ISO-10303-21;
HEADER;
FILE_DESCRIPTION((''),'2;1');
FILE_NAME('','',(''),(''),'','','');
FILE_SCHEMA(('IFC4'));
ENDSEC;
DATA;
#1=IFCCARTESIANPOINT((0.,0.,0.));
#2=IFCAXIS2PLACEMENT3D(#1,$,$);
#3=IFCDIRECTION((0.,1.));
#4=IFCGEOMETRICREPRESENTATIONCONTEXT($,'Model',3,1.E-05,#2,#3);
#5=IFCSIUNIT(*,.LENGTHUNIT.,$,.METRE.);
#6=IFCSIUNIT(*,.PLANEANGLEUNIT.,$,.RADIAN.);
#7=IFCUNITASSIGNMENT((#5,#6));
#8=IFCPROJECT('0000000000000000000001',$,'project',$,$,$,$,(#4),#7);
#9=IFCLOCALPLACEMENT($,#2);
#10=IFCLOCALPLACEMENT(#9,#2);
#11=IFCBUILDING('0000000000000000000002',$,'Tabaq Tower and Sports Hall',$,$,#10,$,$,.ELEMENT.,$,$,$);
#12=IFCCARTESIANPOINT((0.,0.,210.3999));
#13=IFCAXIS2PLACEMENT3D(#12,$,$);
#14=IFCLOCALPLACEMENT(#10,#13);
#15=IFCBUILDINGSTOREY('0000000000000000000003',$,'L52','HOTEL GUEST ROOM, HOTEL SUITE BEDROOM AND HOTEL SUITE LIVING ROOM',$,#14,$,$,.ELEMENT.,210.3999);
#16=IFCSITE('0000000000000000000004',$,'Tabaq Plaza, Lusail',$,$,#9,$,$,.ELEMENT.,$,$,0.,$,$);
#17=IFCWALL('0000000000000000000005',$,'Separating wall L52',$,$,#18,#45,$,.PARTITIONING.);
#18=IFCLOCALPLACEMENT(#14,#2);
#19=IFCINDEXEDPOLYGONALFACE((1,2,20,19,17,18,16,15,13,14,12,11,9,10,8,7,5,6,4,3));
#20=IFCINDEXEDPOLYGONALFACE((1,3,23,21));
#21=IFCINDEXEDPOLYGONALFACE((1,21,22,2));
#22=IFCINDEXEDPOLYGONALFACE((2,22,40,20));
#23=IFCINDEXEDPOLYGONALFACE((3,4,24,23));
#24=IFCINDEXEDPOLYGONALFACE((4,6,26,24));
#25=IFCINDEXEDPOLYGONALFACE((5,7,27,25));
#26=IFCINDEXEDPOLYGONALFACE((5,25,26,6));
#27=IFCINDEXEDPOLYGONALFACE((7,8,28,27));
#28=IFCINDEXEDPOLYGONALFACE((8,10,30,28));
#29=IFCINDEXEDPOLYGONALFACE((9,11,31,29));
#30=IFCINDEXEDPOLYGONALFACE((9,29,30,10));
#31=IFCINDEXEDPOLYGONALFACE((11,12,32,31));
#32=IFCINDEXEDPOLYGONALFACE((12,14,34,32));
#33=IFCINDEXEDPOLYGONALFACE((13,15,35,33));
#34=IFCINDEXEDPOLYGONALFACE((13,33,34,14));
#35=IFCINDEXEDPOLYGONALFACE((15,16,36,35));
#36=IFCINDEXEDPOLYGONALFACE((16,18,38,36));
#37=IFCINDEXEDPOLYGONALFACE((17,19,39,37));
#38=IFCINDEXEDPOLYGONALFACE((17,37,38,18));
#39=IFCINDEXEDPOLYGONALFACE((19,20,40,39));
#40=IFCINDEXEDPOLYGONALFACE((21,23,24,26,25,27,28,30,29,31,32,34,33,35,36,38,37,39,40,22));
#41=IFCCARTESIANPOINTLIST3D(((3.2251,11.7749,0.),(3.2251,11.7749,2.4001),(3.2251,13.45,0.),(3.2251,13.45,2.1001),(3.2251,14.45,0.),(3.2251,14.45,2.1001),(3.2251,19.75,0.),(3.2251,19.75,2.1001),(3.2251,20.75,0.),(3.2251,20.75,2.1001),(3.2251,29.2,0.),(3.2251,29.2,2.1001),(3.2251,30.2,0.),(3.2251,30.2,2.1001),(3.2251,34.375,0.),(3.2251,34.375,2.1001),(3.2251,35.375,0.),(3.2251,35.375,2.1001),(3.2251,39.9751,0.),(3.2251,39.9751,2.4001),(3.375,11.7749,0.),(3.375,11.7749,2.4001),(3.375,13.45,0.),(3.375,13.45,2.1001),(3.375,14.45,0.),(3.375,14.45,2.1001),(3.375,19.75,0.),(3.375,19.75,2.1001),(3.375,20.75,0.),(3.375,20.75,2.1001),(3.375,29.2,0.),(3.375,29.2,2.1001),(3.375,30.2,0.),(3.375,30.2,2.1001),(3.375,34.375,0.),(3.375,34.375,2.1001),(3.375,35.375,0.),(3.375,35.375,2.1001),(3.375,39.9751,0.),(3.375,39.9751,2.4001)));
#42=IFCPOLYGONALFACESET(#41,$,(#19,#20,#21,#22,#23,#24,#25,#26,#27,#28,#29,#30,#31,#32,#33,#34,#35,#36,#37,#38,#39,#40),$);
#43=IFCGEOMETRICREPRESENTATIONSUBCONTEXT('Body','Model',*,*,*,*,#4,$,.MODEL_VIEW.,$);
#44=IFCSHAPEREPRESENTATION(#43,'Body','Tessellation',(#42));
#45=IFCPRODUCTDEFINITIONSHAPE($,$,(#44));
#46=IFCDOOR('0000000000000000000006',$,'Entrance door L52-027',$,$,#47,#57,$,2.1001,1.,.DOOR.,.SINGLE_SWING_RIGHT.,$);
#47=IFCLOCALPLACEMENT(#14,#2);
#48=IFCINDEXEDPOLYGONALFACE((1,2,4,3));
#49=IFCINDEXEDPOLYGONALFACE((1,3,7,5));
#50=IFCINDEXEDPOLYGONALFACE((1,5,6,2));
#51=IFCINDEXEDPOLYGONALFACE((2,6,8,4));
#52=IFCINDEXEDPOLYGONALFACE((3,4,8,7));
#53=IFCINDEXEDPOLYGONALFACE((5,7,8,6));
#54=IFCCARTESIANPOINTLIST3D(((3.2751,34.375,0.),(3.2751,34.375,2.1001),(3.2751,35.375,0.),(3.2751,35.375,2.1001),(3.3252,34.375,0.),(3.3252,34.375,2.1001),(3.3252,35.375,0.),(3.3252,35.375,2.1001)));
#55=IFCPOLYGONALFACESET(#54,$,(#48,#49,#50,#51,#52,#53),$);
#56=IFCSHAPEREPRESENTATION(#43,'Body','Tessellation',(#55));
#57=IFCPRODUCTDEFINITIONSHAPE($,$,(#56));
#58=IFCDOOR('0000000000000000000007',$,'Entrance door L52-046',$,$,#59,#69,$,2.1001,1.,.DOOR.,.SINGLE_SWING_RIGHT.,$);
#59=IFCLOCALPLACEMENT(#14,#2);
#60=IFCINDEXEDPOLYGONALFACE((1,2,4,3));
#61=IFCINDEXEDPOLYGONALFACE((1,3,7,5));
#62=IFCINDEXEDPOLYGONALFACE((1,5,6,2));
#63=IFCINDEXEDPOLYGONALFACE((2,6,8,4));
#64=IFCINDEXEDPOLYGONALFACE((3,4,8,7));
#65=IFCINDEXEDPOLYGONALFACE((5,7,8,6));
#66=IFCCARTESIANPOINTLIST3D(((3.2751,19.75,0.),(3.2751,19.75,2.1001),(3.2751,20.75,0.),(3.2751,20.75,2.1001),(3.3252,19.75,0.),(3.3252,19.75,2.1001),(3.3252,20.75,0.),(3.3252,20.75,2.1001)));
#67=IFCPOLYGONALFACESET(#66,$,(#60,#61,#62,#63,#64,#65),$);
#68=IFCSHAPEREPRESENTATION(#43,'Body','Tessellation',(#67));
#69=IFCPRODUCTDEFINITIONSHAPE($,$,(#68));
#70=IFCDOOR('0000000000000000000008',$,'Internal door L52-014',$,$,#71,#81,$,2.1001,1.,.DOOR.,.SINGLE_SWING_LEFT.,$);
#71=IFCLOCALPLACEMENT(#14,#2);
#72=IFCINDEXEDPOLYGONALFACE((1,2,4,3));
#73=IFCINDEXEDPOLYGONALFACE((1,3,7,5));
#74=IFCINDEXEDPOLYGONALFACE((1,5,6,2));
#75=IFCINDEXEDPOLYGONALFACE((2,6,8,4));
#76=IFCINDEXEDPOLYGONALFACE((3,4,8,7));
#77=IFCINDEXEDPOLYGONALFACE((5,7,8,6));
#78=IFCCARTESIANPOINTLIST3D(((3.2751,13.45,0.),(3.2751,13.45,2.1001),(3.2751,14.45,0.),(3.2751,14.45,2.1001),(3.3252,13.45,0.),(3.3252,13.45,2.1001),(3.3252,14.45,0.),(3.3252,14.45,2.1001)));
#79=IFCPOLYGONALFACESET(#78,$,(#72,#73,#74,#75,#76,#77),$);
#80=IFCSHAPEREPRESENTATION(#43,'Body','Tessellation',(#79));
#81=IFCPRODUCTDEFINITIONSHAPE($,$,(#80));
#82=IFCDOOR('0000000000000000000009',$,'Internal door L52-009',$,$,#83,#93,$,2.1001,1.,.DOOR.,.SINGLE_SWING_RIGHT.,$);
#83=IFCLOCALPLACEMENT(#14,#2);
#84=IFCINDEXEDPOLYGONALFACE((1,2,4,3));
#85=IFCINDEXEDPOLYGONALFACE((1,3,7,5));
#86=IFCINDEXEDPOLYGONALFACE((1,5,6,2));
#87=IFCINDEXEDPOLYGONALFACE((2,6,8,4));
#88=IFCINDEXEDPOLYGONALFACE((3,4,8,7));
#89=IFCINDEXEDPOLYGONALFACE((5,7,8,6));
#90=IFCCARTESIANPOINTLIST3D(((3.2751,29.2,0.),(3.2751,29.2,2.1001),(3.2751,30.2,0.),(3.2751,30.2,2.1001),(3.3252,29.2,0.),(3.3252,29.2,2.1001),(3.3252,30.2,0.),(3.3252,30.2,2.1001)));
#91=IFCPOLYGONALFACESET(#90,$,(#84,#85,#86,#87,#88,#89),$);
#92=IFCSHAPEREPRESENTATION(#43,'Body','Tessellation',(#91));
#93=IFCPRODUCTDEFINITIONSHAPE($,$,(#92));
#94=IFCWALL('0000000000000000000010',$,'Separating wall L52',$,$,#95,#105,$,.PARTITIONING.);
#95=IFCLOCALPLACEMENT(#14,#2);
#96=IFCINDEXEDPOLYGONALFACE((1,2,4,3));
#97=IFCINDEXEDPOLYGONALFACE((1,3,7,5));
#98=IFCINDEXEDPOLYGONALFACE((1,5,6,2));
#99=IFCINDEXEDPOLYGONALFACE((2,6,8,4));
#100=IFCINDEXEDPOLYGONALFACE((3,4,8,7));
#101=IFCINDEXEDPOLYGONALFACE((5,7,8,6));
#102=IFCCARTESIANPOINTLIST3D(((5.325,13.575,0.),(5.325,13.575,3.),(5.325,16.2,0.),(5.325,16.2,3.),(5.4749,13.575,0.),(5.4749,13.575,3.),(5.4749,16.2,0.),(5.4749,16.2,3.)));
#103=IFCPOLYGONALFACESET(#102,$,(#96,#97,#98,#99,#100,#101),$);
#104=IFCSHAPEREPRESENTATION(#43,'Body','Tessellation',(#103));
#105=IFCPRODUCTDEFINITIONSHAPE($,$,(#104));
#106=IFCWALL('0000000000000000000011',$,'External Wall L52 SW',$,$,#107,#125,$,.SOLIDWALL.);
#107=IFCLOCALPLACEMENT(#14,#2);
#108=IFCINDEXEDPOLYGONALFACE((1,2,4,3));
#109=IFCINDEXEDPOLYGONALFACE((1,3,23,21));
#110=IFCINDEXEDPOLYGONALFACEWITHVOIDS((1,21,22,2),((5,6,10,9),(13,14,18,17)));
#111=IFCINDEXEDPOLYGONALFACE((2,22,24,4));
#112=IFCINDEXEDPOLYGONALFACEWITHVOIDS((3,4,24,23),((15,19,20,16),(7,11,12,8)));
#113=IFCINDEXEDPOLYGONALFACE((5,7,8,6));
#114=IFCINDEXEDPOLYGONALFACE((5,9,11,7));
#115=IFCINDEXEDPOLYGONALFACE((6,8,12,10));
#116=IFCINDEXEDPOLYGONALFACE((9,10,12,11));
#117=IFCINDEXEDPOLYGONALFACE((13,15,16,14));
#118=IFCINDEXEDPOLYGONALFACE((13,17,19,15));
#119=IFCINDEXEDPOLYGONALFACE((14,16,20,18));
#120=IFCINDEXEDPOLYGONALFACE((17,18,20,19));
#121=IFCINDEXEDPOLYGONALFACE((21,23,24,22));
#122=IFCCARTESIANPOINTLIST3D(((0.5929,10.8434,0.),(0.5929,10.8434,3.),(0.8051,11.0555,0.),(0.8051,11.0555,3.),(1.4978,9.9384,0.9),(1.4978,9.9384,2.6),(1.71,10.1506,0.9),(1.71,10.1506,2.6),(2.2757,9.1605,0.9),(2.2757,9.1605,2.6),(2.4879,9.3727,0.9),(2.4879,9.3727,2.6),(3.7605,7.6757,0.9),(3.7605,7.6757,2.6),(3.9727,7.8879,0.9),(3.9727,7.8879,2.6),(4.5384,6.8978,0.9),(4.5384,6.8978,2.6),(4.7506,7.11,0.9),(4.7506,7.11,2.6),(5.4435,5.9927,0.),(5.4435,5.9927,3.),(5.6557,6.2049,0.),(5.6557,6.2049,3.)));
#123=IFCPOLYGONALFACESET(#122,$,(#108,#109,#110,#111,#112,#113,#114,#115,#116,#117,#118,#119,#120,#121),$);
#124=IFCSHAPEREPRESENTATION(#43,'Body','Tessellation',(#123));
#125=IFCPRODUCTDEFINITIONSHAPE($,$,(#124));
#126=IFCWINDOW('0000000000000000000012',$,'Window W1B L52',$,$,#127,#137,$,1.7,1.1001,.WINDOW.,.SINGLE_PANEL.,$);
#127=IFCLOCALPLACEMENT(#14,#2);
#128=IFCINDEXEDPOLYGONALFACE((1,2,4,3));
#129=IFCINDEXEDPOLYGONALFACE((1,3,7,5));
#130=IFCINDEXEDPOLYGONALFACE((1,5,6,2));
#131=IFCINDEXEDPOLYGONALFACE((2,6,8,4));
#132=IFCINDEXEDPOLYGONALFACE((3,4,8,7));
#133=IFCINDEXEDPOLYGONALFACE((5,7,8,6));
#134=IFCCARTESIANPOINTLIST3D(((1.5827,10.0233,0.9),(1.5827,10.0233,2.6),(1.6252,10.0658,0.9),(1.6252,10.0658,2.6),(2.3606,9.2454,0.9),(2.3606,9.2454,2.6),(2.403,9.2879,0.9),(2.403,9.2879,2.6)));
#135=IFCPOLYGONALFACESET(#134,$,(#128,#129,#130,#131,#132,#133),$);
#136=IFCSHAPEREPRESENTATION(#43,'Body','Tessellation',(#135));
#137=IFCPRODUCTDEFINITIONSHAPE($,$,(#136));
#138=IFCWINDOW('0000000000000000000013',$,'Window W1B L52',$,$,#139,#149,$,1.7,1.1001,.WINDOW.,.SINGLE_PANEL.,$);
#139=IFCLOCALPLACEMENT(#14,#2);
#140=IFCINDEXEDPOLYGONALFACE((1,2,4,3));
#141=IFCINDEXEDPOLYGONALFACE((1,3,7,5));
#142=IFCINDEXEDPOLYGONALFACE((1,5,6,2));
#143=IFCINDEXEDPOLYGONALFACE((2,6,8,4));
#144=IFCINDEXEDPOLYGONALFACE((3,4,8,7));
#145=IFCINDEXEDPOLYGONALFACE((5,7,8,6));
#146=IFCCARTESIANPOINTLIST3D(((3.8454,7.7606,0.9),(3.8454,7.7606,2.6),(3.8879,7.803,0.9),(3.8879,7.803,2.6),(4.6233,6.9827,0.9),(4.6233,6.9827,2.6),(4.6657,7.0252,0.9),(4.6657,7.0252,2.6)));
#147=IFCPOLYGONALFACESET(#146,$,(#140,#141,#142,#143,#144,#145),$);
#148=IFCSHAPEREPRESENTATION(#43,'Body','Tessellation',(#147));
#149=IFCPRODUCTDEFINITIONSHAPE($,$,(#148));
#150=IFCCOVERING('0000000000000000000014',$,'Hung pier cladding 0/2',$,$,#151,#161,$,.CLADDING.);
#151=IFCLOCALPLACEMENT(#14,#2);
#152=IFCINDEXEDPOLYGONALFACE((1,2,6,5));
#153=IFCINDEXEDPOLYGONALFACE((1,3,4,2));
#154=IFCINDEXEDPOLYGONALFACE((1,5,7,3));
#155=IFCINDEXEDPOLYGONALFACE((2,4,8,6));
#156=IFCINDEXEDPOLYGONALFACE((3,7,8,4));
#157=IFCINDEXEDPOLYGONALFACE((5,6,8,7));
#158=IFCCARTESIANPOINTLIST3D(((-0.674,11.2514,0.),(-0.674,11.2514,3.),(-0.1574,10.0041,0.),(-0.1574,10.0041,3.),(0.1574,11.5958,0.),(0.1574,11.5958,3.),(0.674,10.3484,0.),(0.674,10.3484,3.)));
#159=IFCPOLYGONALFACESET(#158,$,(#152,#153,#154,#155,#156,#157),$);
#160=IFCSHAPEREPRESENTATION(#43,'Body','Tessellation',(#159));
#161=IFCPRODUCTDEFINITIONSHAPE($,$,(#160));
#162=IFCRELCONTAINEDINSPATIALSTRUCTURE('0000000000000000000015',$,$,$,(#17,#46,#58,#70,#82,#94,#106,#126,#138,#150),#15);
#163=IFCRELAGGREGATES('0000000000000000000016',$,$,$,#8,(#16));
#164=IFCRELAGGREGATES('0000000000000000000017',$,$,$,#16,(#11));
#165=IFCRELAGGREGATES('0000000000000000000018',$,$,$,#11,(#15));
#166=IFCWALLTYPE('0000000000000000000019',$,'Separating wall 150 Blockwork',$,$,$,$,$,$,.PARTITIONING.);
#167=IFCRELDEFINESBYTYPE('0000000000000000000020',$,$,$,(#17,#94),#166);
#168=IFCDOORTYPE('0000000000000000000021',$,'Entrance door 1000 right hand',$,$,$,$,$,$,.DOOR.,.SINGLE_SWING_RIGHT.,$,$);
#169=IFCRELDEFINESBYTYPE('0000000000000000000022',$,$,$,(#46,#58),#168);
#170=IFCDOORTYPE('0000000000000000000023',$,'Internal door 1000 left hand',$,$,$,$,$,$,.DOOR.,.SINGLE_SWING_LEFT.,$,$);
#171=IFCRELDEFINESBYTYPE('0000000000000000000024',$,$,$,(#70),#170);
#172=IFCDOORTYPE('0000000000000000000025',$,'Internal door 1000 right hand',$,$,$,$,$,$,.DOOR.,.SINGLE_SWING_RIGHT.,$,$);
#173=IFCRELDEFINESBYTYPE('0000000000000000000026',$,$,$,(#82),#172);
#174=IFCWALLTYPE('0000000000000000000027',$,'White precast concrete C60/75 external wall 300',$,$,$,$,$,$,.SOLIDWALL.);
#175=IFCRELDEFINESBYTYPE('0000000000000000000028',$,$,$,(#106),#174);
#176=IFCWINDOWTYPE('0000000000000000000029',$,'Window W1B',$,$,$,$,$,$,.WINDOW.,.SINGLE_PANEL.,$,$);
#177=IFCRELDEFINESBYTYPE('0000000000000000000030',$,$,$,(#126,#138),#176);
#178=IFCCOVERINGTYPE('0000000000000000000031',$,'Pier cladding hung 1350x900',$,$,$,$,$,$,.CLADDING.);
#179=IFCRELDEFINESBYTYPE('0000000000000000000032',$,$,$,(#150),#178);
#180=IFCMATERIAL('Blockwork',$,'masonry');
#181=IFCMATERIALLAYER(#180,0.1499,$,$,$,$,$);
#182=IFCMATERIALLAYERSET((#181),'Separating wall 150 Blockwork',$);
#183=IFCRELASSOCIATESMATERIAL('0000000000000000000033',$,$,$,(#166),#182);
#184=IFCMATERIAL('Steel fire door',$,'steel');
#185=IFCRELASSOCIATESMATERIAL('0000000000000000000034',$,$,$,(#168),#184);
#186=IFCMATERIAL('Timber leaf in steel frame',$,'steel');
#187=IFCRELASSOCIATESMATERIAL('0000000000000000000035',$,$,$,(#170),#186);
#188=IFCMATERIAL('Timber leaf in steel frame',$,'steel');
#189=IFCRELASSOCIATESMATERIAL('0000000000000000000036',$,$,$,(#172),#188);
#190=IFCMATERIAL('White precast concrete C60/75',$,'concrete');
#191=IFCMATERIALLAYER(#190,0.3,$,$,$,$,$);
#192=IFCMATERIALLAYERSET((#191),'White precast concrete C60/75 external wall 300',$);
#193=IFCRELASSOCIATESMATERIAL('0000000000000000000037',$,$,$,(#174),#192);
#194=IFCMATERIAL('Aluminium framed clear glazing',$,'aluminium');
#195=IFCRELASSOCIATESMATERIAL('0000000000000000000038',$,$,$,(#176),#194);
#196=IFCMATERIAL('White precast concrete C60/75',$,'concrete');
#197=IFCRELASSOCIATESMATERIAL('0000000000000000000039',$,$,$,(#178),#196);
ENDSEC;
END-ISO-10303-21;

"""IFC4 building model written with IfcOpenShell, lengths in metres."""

from ifc_helpers import new_model, si_unit, direction, frame, frame_2d, origin, place, context, subcontext, project, spatial, rectangle, extrude, material, layer, layer_set, type_object, element, fill, save


model = new_model("IFC4")

# Units and contexts
model_context = context("Model", 3, precision=1e-05, world=origin(), true_north=direction((0.0, 1.0)))
body_context = subcontext(model_context, "Body", "Model", "MODEL_VIEW")
ifc_project = project(units=[si_unit("LENGTHUNIT", "METRE"), si_unit("PLANEANGLEUNIT", "RADIAN")], contexts=[model_context])

# Site, building, storey
site_placement = place(None, origin())
site = spatial("IfcSite", under=ifc_project, at=site_placement, Name="Tabaq Plaza, Lusail", CompositionType="ELEMENT", RefElevation=0.0)
building_placement = place(site_placement, origin())
building = spatial("IfcBuilding", under=site, at=building_placement, Name="Tabaq Tower and Sports Hall", CompositionType="ELEMENT")
storey_placement = place(building_placement, frame((0.0, 0.0, 210.3999)))
storey = spatial("IfcBuildingStorey", under=building, at=storey_placement, Name="L52", Description="HOTEL GUEST ROOM, HOTEL SUITE BEDROOM AND HOTEL SUITE LIVING ROOM", CompositionType="ELEMENT", Elevation=210.3999)

# Wall, openings, doors
ifc_material_1 = material(Name="Blockwork", Category="masonry")
ifc_layer_1 = layer(ifc_material_1, 0.1499)
ifc_layer_set_1 = layer_set([ifc_layer_1], Name="Separating wall 150 Blockwork")
wall_type_1 = type_object("IfcWallType", Name="Separating wall 150 Blockwork", PredefinedType="PARTITIONING", material=ifc_layer_set_1)
ifc_material_2 = material(Name="Steel fire door", Category="steel")
door_type_1 = type_object("IfcDoorType", Name="Entrance door 1000 right hand", OperationType="SINGLE_SWING_RIGHT", PredefinedType="DOOR", material=ifc_material_2)
wall_1_placement = place(storey_placement, frame((3.3, 11.7749, 0.0), z_axis=(0.0, 0.0, 1.0), x_axis=(0.0, 1.0, 0.0)))
wall_1 = element("IfcWall", 1, at=wall_1_placement, inside=storey, type_object=wall_type_1, Name="Separating wall L52", PredefinedType="PARTITIONING", context=body_context, shape_type="SweptSolid", body=[
    extrude(rectangle(XDim=28.2002, YDim=0.1499, at=frame_2d((14.1001, 0.0))), origin(), (0.0, 0.0, 1.0), 2.4001),
])
opening_1_placement = place(wall_1_placement, frame((17.425, 0.0, 0.0)))
opening_1 = element("IfcOpeningElement", 2, at=opening_1_placement, cuts=wall_1, PredefinedType="OPENING", context=body_context, shape_type="SweptSolid", body=[
    extrude(rectangle(XDim=1.0, YDim=2.1001, at=frame_2d((0.5, 1.05))), frame((0.0, 0.075, 0.0), z_axis=(0.0, -1.0, 0.0), x_axis=(1.0, 0.0, 0.0)), (0.0, 0.0, 1.0), 0.1499),
])
opening_2_placement = place(wall_1_placement, frame((1.675, 0.0, 0.0)))
opening_2 = element("IfcOpeningElement", 3, at=opening_2_placement, cuts=wall_1, PredefinedType="OPENING", context=body_context, shape_type="SweptSolid", body=[
    extrude(rectangle(XDim=1.0, YDim=2.1001, at=frame_2d((0.5, 1.05))), frame((0.0, 0.075, 0.0), z_axis=(0.0, -1.0, 0.0), x_axis=(1.0, 0.0, 0.0)), (0.0, 0.0, 1.0), 0.1499),
])
opening_3_placement = place(wall_1_placement, frame((22.6001, 0.0, 0.0)))
opening_3 = element("IfcOpeningElement", 4, at=opening_3_placement, cuts=wall_1, PredefinedType="OPENING", context=body_context, shape_type="SweptSolid", body=[
    extrude(rectangle(XDim=1.0, YDim=2.1001, at=frame_2d((0.5, 1.05))), frame((0.0, 0.075, 0.0), z_axis=(0.0, -1.0, 0.0), x_axis=(1.0, 0.0, 0.0)), (0.0, 0.0, 1.0), 0.1499),
])
opening_4_placement = place(wall_1_placement, frame((7.9751, 0.0, 0.0)))
opening_4 = element("IfcOpeningElement", 5, at=opening_4_placement, cuts=wall_1, PredefinedType="OPENING", context=body_context, shape_type="SweptSolid", body=[
    extrude(rectangle(XDim=1.0, YDim=2.1001, at=frame_2d((0.5, 1.05))), frame((0.0, 0.075, 0.0), z_axis=(0.0, -1.0, 0.0), x_axis=(1.0, 0.0, 0.0)), (0.0, 0.0, 1.0), 0.1499),
])
door_1_placement = place(opening_3_placement, origin())
door_1 = element("IfcDoor", 6, at=door_1_placement, inside=storey, type_object=door_type_1, Name="Entrance door L52-027", OperationType="SINGLE_SWING_RIGHT", OverallHeight=2.1001, OverallWidth=1.0, PredefinedType="DOOR", context=body_context, shape_type="SweptSolid", body=[
    extrude(rectangle(XDim=1.0, YDim=2.1001, at=frame_2d((0.5, 1.05))), frame((0.0, 0.0249, 0.0), z_axis=(0.0, -1.0, 0.0), x_axis=(1.0, 0.0, 0.0)), (0.0, 0.0, 1.0), 0.05),
])
fill(opening_3, door_1)
door_2_placement = place(opening_4_placement, origin())
door_2 = element("IfcDoor", 7, at=door_2_placement, inside=storey, type_object=door_type_1, Name="Entrance door L52-046", OperationType="SINGLE_SWING_RIGHT", OverallHeight=2.1001, OverallWidth=1.0, PredefinedType="DOOR", context=body_context, shape_type="SweptSolid", body=[
    extrude(rectangle(XDim=1.0, YDim=2.1001, at=frame_2d((0.5, 1.05))), frame((0.0, 0.0249, 0.0), z_axis=(0.0, -1.0, 0.0), x_axis=(1.0, 0.0, 0.0)), (0.0, 0.0, 1.0), 0.05),
])
fill(opening_4, door_2)
ifc_material_3 = material(Name="Timber leaf in steel frame", Category="steel")
door_type_2 = type_object("IfcDoorType", Name="Internal door 1000 left hand", OperationType="SINGLE_SWING_LEFT", PredefinedType="DOOR", material=ifc_material_3)
door_3_placement = place(opening_2_placement, origin())
door_3 = element("IfcDoor", 8, at=door_3_placement, inside=storey, type_object=door_type_2, Name="Internal door L52-014", OperationType="SINGLE_SWING_LEFT", OverallHeight=2.1001, OverallWidth=1.0, PredefinedType="DOOR", context=body_context, shape_type="SweptSolid", body=[
    extrude(rectangle(XDim=1.0, YDim=2.1001, at=frame_2d((0.5, 1.05))), frame((0.0, 0.0249, 0.0), z_axis=(0.0, -1.0, 0.0), x_axis=(1.0, 0.0, 0.0)), (0.0, 0.0, 1.0), 0.05),
])
fill(opening_2, door_3)
ifc_material_4 = material(Name="Timber leaf in steel frame", Category="steel")
door_type_3 = type_object("IfcDoorType", Name="Internal door 1000 right hand", OperationType="SINGLE_SWING_RIGHT", PredefinedType="DOOR", material=ifc_material_4)
door_4_placement = place(opening_1_placement, origin())
door_4 = element("IfcDoor", 9, at=door_4_placement, inside=storey, type_object=door_type_3, Name="Internal door L52-009", OperationType="SINGLE_SWING_RIGHT", OverallHeight=2.1001, OverallWidth=1.0, PredefinedType="DOOR", context=body_context, shape_type="SweptSolid", body=[
    extrude(rectangle(XDim=1.0, YDim=2.1001, at=frame_2d((0.5, 1.05))), frame((0.0, 0.0249, 0.0), z_axis=(0.0, -1.0, 0.0), x_axis=(1.0, 0.0, 0.0)), (0.0, 0.0, 1.0), 0.05),
])
fill(opening_1, door_4)

# Wall
wall_2_placement = place(storey_placement, frame((5.3999, 13.575, 0.0), z_axis=(0.0, 0.0, 1.0), x_axis=(0.0, 1.0, 0.0)))
element("IfcWall", 10, at=wall_2_placement, inside=storey, type_object=wall_type_1, Name="Separating wall L52", PredefinedType="PARTITIONING", context=body_context, shape_type="SweptSolid", body=[
    extrude(rectangle(XDim=2.625, YDim=0.1499, at=frame_2d((1.3125, 0.0))), origin(), (0.0, 0.0, 1.0), 3.0),
])

# Wall, openings, windows
ifc_material_5 = material(Name="White precast concrete C60/75", Category="concrete")
ifc_layer_2 = layer(ifc_material_5, 0.3)
ifc_layer_set_2 = layer_set([ifc_layer_2], Name="White precast concrete C60/75 external wall 300")
wall_type_2 = type_object("IfcWallType", Name="White precast concrete C60/75 external wall 300", PredefinedType="SOLIDWALL", material=ifc_layer_set_2)
wall_3_placement = place(storey_placement, frame((0.699, 10.9495, 0.0), z_axis=(0.0, 0.0, 1.0), x_axis=(0.707107, -0.707107, 0.0)))
wall_3 = element("IfcWall", 11, at=wall_3_placement, inside=storey, type_object=wall_type_2, Name="External Wall L52 SW", PredefinedType="SOLIDWALL", context=body_context, shape_type="SweptSolid", body=[
    extrude(rectangle(XDim=6.8599, YDim=0.3, at=frame_2d((3.4299, 0.0))), origin(), (0.0, 0.0, 1.0), 3.0),
])
opening_5_placement = place(wall_3_placement, frame((1.2798, 0.0, 0.8999)))
opening_5 = element("IfcOpeningElement", 12, at=opening_5_placement, cuts=wall_3, PredefinedType="OPENING", context=body_context, shape_type="SweptSolid", body=[
    extrude(rectangle(XDim=1.1001, YDim=1.7, at=frame_2d((0.55, 0.8501))), frame((0.0, 0.1602, 0.0), z_axis=(0.0, -1.0, 0.0), x_axis=(1.0, 0.0, 0.0)), (0.0, 0.0, 1.0), 0.3201),
])
opening_6_placement = place(wall_3_placement, frame((4.4797, 0.0, 0.8999)))
opening_6 = element("IfcOpeningElement", 13, at=opening_6_placement, cuts=wall_3, PredefinedType="OPENING", context=body_context, shape_type="SweptSolid", body=[
    extrude(rectangle(XDim=1.1001, YDim=1.7, at=frame_2d((0.55, 0.8501))), frame((0.0, 0.1602, 0.0), z_axis=(0.0, -1.0, 0.0), x_axis=(1.0, 0.0, 0.0)), (0.0, 0.0, 1.0), 0.3201),
])
ifc_material_6 = material(Name="Aluminium framed clear glazing", Category="aluminium")
window_type = type_object("IfcWindowType", Name="Window W1B", PartitioningType="SINGLE_PANEL", PredefinedType="WINDOW", material=ifc_material_6)
window_1_placement = place(opening_5_placement, origin())
window_1 = element("IfcWindow", 14, at=window_1_placement, inside=storey, type_object=window_type, Name="Window W1B L52", OverallHeight=1.7, OverallWidth=1.1001, PartitioningType="SINGLE_PANEL", PredefinedType="WINDOW", context=body_context, shape_type="SweptSolid", body=[
    extrude(rectangle(XDim=1.1001, YDim=1.7, at=frame_2d((0.55, 0.8501))), frame((0.0, 0.03, 0.0), z_axis=(0.0, -1.0, 0.0), x_axis=(1.0, 0.0, 0.0)), (0.0, 0.0, 1.0), 0.0601),
])
fill(opening_5, window_1)
window_2_placement = place(opening_6_placement, origin())
window_2 = element("IfcWindow", 15, at=window_2_placement, inside=storey, type_object=window_type, Name="Window W1B L52", OverallHeight=1.7, OverallWidth=1.1001, PartitioningType="SINGLE_PANEL", PredefinedType="WINDOW", context=body_context, shape_type="SweptSolid", body=[
    extrude(rectangle(XDim=1.1001, YDim=1.7, at=frame_2d((0.55, 0.8501))), frame((0.0, 0.03, 0.0), z_axis=(0.0, -1.0, 0.0), x_axis=(1.0, 0.0, 0.0)), (0.0, 0.0, 1.0), 0.0601),
])
fill(opening_6, window_2)

# Covering
ifc_material_7 = material(Name="White precast concrete C60/75", Category="concrete")
covering_type_1 = type_object("IfcCoveringType", Name="Pier cladding hung 1350x900", PredefinedType="CLADDING", material=ifc_material_7)
covering_1_placement = place(storey_placement, frame((-0.2583, 11.4236, 0.0), z_axis=(0.0, 0.0, 1.0), x_axis=(0.38265, -0.923893, 0.0)))
element("IfcCovering", 16, at=covering_1_placement, inside=storey, type_object=covering_type_1, Name="Hung pier cladding 0/2", PredefinedType="CLADDING", context=body_context, shape_type="SweptSolid", body=[
    extrude(rectangle(XDim=1.3501, YDim=0.8999, at=frame_2d((0.675, 0.0))), origin(), (0.0, 0.0, 1.0), 3.0),
])

save(model, "model.ifc")
